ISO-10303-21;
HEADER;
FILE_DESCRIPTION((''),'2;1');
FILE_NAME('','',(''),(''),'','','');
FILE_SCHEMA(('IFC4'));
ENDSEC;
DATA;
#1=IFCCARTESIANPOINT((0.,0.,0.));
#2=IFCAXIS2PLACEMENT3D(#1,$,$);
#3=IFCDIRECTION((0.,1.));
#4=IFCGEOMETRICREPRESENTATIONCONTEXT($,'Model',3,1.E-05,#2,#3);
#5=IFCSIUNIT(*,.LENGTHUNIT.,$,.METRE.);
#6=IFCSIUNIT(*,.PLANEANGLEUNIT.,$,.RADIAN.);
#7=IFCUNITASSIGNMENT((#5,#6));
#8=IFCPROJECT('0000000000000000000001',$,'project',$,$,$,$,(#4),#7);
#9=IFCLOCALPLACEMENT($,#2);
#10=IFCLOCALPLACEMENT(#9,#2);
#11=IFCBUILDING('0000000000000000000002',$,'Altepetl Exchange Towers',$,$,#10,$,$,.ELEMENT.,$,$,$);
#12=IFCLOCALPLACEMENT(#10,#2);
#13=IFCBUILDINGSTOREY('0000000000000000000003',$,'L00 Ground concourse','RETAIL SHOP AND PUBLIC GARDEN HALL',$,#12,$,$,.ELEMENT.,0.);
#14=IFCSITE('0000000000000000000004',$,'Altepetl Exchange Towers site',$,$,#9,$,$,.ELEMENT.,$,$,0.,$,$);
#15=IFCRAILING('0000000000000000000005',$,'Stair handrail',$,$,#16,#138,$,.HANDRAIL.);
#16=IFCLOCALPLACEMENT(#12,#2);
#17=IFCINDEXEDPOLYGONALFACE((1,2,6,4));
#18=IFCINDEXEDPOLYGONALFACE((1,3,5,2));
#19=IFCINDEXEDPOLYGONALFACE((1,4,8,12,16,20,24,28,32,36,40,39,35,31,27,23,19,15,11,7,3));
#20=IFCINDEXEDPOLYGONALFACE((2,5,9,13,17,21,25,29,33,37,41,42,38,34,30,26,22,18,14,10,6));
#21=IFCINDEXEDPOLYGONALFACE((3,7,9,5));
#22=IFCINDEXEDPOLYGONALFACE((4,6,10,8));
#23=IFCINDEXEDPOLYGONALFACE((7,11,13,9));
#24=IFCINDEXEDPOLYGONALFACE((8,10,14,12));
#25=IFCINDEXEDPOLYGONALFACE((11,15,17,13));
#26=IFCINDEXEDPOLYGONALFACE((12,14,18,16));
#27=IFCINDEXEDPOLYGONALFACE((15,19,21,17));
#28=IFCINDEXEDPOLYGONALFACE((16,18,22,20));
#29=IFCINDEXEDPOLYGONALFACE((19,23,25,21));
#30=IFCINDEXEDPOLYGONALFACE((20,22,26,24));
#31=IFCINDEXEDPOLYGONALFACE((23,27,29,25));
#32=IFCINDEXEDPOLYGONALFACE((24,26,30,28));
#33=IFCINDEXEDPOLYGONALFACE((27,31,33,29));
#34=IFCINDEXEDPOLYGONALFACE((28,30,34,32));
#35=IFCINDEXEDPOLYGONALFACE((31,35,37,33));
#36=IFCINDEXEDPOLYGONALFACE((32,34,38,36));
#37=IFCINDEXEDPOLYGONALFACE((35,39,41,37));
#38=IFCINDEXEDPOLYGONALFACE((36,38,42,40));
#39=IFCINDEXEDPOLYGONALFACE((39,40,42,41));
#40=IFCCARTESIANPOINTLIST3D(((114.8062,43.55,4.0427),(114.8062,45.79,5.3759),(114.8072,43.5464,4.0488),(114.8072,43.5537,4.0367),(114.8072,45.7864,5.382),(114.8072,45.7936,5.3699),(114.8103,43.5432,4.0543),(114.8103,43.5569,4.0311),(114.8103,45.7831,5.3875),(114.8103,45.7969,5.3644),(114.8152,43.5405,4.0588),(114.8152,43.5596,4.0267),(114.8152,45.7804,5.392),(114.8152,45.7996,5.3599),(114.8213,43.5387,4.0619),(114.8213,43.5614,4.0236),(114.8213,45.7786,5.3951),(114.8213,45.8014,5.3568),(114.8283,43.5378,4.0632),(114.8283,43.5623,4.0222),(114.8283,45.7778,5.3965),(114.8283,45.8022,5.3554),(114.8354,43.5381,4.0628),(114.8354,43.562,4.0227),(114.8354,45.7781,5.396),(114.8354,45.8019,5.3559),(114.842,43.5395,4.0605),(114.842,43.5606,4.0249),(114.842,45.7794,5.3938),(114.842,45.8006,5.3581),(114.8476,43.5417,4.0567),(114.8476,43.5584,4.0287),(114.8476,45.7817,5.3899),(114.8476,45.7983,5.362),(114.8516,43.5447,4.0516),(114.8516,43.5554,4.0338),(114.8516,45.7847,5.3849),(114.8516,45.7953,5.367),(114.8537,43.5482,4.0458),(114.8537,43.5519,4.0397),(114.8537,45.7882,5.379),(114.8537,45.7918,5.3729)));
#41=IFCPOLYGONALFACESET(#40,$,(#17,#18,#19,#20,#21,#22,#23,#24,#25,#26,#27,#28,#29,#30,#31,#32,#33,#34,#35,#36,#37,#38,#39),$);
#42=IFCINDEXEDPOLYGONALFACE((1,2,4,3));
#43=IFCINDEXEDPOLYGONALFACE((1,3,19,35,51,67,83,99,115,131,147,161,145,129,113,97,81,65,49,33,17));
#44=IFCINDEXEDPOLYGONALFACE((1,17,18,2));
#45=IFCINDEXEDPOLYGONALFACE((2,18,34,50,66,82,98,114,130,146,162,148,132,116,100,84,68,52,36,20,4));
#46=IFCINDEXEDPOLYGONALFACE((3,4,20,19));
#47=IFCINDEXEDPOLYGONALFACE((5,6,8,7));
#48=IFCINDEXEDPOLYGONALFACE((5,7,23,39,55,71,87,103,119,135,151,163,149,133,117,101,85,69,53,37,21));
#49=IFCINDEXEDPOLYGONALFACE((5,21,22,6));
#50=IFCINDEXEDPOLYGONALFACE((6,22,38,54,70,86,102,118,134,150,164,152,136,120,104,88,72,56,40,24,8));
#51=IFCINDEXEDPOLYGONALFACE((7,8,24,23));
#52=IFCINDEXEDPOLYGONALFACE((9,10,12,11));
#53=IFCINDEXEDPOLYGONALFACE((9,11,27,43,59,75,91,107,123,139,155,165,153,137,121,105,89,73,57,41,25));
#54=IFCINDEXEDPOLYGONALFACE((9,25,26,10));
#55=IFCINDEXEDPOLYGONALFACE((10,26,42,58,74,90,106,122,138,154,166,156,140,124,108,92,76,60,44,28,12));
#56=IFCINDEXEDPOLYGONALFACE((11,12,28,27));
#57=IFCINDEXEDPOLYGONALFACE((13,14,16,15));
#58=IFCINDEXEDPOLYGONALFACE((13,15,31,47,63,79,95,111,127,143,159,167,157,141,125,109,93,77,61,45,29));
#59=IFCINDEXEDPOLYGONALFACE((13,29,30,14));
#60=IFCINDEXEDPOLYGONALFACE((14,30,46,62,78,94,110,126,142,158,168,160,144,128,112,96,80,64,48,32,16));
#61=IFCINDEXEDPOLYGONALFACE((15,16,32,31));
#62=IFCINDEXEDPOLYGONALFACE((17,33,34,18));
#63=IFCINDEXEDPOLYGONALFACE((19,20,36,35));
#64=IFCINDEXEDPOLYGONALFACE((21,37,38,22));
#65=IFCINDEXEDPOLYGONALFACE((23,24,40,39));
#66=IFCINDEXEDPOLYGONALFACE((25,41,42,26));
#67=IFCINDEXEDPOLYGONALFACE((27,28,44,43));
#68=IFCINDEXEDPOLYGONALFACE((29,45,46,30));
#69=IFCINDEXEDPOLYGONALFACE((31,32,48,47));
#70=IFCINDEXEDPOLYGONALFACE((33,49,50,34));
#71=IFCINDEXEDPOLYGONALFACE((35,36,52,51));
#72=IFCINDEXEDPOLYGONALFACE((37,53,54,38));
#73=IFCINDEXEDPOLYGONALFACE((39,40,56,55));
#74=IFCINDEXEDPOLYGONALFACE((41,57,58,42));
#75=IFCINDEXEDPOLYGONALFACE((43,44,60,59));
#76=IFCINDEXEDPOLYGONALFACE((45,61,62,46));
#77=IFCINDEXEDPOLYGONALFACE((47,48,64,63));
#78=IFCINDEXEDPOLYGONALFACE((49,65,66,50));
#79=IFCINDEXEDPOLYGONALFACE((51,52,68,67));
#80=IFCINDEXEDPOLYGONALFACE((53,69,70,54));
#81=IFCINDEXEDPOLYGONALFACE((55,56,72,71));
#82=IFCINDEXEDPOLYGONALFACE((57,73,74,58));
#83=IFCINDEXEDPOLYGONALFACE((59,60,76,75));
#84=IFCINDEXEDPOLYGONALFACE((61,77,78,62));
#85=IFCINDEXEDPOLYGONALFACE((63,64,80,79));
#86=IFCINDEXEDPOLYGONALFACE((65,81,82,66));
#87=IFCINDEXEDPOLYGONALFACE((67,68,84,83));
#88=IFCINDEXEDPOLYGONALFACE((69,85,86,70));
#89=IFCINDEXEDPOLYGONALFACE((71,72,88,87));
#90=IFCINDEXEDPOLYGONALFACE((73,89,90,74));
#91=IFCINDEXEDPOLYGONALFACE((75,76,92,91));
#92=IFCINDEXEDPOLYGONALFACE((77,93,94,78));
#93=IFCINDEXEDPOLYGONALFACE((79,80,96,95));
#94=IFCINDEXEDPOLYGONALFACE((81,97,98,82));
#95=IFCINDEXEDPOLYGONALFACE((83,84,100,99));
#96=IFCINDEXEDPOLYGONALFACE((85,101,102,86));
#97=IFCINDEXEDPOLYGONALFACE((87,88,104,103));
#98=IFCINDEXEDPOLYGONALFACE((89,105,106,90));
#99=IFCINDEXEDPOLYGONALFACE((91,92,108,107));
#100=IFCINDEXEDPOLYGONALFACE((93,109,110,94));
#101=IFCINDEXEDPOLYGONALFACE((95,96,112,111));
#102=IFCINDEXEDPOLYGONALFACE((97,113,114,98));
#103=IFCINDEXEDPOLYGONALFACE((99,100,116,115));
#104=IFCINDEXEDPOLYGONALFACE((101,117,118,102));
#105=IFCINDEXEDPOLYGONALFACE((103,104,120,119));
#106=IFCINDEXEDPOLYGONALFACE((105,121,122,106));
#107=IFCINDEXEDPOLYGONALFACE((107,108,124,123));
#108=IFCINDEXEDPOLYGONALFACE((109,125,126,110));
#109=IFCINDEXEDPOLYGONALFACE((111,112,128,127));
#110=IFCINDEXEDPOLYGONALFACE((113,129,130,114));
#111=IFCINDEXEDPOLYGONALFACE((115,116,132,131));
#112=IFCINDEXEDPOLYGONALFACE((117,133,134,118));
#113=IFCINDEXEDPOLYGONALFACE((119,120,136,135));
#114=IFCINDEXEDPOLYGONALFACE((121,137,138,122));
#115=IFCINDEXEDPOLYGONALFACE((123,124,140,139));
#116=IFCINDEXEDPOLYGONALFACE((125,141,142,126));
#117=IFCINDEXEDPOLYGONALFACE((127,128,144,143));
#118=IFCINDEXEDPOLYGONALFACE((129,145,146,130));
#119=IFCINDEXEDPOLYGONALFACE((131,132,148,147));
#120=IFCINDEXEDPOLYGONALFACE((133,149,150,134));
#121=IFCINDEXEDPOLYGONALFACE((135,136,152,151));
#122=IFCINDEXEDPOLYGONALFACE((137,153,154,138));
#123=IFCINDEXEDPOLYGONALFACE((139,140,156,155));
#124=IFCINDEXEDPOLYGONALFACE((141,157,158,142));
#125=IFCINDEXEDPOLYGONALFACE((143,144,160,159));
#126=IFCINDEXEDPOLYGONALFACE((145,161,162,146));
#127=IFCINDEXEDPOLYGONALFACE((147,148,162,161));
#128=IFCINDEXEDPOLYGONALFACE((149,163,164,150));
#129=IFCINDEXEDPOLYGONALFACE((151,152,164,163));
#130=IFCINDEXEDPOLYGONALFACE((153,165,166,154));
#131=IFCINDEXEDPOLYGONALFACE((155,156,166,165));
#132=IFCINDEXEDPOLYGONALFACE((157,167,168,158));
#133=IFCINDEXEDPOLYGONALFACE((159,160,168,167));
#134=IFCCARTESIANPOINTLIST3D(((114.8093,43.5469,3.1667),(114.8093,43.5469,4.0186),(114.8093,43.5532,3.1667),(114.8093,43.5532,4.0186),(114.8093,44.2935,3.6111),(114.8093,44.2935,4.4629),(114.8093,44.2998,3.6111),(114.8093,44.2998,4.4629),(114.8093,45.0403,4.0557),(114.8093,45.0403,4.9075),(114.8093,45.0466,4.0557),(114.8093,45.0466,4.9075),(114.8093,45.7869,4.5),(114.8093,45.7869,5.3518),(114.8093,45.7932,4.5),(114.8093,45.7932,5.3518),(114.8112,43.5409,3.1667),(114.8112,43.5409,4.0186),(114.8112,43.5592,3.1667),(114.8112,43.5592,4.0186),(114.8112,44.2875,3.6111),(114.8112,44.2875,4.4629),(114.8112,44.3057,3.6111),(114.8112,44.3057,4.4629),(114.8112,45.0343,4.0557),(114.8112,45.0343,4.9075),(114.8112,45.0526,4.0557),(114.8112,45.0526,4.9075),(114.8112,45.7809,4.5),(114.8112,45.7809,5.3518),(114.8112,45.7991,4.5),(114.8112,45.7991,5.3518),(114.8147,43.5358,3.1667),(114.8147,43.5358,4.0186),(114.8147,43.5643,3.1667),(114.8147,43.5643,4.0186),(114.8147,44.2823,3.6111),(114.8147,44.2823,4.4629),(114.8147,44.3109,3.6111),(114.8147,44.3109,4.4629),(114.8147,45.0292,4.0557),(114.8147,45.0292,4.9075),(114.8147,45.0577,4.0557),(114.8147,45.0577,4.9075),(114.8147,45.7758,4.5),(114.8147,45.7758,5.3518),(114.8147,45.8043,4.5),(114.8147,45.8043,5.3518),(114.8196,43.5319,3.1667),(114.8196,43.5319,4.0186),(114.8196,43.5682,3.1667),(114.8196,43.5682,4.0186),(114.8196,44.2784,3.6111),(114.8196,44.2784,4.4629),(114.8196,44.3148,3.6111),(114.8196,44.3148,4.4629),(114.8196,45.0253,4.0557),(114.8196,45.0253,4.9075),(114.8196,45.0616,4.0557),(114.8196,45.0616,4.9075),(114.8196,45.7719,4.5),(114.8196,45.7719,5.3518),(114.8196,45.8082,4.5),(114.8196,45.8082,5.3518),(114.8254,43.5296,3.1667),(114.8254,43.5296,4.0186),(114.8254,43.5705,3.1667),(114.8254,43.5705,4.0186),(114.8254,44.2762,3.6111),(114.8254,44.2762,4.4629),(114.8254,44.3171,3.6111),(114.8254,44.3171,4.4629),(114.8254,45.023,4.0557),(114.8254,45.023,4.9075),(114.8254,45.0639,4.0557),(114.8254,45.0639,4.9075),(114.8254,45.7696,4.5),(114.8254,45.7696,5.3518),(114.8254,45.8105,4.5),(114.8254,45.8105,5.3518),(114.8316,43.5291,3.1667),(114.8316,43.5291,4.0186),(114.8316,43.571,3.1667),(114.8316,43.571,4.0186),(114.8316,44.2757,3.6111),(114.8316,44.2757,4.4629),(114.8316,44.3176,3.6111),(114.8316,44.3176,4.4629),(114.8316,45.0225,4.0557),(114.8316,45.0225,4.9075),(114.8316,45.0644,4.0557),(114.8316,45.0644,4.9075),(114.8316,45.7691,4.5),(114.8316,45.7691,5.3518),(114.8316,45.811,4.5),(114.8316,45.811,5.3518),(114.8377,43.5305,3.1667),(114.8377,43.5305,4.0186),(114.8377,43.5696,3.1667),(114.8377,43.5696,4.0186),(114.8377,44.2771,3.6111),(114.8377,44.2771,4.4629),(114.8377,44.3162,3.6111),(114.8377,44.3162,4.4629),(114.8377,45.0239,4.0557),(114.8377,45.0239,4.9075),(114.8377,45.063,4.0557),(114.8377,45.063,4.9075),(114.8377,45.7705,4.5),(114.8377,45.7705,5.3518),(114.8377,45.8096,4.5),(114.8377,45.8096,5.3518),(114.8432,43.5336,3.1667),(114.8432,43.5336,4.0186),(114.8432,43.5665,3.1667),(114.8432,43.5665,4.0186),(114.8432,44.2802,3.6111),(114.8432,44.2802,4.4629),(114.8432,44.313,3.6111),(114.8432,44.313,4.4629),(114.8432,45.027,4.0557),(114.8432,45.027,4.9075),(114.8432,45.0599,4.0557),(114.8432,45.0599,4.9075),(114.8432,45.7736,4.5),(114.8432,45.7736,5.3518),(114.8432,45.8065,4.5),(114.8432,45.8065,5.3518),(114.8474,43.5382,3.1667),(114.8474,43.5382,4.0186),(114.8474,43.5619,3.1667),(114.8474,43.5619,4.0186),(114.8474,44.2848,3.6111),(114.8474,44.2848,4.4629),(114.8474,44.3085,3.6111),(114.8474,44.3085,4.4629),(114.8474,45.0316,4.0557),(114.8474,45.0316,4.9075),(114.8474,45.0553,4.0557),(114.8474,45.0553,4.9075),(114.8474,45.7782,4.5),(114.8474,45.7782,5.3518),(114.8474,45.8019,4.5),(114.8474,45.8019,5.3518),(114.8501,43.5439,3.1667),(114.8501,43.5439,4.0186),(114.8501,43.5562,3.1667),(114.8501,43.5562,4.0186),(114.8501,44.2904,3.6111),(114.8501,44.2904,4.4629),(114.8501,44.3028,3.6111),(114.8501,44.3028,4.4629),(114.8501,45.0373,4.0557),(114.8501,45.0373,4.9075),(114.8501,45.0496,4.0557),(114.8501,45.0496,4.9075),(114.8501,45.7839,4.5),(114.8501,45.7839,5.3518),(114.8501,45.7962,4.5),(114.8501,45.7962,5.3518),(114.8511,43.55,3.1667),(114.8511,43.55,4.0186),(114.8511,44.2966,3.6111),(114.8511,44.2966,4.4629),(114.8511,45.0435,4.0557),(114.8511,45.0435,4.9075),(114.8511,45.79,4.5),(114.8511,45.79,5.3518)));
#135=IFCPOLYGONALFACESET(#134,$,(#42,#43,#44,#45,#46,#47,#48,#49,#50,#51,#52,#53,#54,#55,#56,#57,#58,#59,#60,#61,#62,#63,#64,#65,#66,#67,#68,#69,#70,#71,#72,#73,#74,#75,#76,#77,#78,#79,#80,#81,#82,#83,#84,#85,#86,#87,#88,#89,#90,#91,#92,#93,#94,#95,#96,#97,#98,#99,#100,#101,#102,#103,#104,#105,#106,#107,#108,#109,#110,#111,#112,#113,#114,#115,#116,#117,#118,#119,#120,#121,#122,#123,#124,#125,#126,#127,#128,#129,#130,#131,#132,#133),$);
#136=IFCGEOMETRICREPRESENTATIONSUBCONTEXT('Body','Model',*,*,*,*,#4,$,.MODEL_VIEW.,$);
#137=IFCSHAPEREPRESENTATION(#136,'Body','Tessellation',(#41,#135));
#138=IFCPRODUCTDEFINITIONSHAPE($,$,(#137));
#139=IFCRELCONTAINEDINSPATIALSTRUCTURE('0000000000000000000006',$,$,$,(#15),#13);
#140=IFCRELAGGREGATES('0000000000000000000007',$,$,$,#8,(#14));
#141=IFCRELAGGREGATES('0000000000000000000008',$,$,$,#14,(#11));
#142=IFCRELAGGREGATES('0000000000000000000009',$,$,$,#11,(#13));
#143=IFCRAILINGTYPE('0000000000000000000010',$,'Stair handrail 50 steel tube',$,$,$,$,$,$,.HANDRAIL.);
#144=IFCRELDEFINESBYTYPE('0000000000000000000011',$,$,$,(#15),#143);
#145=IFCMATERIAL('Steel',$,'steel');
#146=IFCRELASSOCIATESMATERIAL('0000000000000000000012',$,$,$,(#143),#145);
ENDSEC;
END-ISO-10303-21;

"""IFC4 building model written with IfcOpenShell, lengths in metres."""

from ifc_helpers import new_model, si_unit, direction, frame, origin, origin_2d, place, context, subcontext, project, spatial, circle, extrude, source, transform, mapped, material, type_object, element, save


model = new_model("IFC4")

# Units and contexts
model_context = context("Model", 3, precision=1e-05, world=origin(), true_north=direction((0.0, 1.0)))
body_context = subcontext(model_context, "Body", "Model", "MODEL_VIEW")
ifc_project = project(units=[si_unit("LENGTHUNIT", "METRE"), si_unit("PLANEANGLEUNIT", "RADIAN")], contexts=[model_context])

# Site, building, storey
site_placement = place(None, origin())
site = spatial("IfcSite", under=ifc_project, at=site_placement, Name="Altepetl Exchange Towers site", CompositionType="ELEMENT", RefElevation=0.0)
building_placement = place(site_placement, origin())
building = spatial("IfcBuilding", under=site, at=building_placement, Name="Altepetl Exchange Towers", CompositionType="ELEMENT")
storey_placement = place(building_placement, origin())
storey = spatial("IfcBuildingStorey", under=building, at=storey_placement, Name="L00 Ground concourse", Description="RETAIL SHOP AND PUBLIC GARDEN HALL", CompositionType="ELEMENT", Elevation=0.0)

# Railing
ifc_material_1 = material(Name="Steel", Category="steel")
railing_type = type_object("IfcRailingType", Name="Stair handrail 50 steel tube", PredefinedType="HANDRAIL", material=ifc_material_1)
shared_shape = source(origin(), body_context, "Body", "SweptSolid", [
    extrude(circle(Radius=0.021, at=origin_2d()), origin(), (0.0, 0.0, 1.0), 0.8518),
])
railing_1_placement = place(storey_placement, frame((114.8301, 43.55, 3.1667)))
element("IfcRailing", 1, at=railing_1_placement, inside=storey, type_object=railing_type, Name="Stair handrail", PredefinedType="HANDRAIL", context=body_context, shape_type="SweptSolid", body=[
    extrude(circle(Radius=0.0239, at=origin_2d()), frame((0.0, 0.0, 0.876), z_axis=(0.0, 0.859306, 0.511462), x_axis=(-1.0, 0.0, 0.0)), (0.0, 0.0, 1.0), 2.6067),
    mapped(shared_shape, transform((0.0, 0.0, 0.0))),
    mapped(shared_shape, transform((0.0, 0.7466, 0.4443))),
    mapped(shared_shape, transform((0.0, 1.4934, 0.8889))),
    mapped(shared_shape, transform((0.0, 2.24, 1.3333))),
])

save(model, "model.ifc")
